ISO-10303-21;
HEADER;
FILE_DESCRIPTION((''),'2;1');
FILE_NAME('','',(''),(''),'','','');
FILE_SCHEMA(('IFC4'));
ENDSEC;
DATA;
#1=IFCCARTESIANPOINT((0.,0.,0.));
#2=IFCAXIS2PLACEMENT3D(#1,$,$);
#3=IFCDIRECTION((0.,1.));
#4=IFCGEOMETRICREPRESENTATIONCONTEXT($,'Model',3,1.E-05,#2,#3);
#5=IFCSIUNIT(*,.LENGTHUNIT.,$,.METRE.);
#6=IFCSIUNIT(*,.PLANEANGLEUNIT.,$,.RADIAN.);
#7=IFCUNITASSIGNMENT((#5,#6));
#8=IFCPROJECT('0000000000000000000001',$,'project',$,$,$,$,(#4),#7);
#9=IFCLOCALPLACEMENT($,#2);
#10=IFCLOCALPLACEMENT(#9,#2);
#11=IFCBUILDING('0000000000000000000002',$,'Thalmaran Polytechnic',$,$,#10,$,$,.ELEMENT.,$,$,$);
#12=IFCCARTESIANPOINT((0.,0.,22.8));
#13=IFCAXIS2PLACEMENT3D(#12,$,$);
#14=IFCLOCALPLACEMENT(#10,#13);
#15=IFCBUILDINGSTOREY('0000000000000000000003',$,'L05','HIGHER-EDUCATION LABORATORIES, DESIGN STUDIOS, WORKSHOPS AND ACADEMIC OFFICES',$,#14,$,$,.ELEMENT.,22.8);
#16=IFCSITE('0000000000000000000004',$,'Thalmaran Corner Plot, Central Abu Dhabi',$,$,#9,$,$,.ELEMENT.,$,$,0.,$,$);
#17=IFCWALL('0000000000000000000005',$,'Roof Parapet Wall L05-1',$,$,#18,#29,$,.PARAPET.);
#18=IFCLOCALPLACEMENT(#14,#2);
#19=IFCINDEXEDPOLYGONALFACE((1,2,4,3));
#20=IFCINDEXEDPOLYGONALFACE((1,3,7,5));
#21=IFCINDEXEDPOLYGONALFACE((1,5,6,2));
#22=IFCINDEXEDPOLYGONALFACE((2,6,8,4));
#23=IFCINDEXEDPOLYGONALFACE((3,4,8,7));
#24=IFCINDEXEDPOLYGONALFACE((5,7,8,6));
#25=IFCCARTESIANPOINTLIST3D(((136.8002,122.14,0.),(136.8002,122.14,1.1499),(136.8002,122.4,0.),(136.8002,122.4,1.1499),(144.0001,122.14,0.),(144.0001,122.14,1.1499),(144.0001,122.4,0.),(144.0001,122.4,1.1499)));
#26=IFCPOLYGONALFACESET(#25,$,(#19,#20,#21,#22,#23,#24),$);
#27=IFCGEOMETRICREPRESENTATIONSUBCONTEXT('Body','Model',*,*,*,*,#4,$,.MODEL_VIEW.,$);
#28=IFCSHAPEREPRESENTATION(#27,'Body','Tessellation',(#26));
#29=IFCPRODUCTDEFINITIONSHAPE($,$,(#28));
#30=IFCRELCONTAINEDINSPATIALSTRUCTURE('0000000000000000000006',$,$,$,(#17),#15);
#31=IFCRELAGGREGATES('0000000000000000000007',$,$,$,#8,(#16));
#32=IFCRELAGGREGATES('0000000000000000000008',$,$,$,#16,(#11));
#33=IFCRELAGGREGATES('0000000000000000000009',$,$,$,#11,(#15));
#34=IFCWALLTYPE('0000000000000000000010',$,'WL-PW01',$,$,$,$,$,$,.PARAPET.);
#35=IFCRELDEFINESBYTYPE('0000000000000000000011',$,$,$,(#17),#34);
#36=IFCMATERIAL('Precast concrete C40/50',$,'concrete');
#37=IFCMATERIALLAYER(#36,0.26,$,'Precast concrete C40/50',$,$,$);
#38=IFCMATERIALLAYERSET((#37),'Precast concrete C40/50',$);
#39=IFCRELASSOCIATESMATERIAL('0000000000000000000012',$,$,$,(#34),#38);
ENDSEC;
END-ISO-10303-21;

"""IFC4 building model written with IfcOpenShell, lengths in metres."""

from ifc_helpers import new_model, si_unit, direction, frame, frame_2d, origin, place, context, subcontext, project, spatial, rectangle, extrude, material, layer, layer_set, type_object, element, save


model = new_model("IFC4")

# Units and contexts
model_context = context("Model", 3, precision=1e-05, world=origin(), true_north=direction((0.0, 1.0)))
body_context = subcontext(model_context, "Body", "Model", "MODEL_VIEW")
ifc_project = project(units=[si_unit("LENGTHUNIT", "METRE"), si_unit("PLANEANGLEUNIT", "RADIAN")], contexts=[model_context])

# Site, building, storey
site_placement = place(None, origin())
site = spatial("IfcSite", under=ifc_project, at=site_placement, Name="Thalmaran Corner Plot, Central Abu Dhabi", CompositionType="ELEMENT", RefElevation=0.0)
building_placement = place(site_placement, origin())
building = spatial("IfcBuilding", under=site, at=building_placement, Name="Thalmaran Polytechnic", CompositionType="ELEMENT")
storey_placement = place(building_placement, frame((0.0, 0.0, 22.8)))
storey = spatial("IfcBuildingStorey", under=building, at=storey_placement, Name="L05", Description="HIGHER-EDUCATION LABORATORIES, DESIGN STUDIOS, WORKSHOPS AND ACADEMIC OFFICES", CompositionType="ELEMENT", Elevation=22.8)

# Shared definitions
ifc_material_1 = material(Name="Precast concrete C40/50", Category="concrete")

# Wall
ifc_layer_1 = layer(ifc_material_1, 0.26, Name="Precast concrete C40/50")
ifc_layer_set_1 = layer_set([ifc_layer_1], Name="Precast concrete C40/50")
wall_type_1 = type_object("IfcWallType", Name="WL-PW01", PredefinedType="PARAPET", material=ifc_layer_set_1)
wall_1_placement = place(storey_placement, frame((136.8, 122.27, 0.0), z_axis=(0.0, 0.0, 1.0), x_axis=(1.0, 0.0, 0.0)))
element("IfcWall", 1, at=wall_1_placement, inside=storey, type_object=wall_type_1, Name="Roof Parapet Wall L05-1", PredefinedType="PARAPET", context=body_context, shape_type="SweptSolid", body=[
    extrude(rectangle(XDim=7.2, YDim=0.26, at=frame_2d((3.6001, 0.0))), origin(), (0.0, 0.0, 1.0), 1.1499),
])

save(model, "model.ifc")
